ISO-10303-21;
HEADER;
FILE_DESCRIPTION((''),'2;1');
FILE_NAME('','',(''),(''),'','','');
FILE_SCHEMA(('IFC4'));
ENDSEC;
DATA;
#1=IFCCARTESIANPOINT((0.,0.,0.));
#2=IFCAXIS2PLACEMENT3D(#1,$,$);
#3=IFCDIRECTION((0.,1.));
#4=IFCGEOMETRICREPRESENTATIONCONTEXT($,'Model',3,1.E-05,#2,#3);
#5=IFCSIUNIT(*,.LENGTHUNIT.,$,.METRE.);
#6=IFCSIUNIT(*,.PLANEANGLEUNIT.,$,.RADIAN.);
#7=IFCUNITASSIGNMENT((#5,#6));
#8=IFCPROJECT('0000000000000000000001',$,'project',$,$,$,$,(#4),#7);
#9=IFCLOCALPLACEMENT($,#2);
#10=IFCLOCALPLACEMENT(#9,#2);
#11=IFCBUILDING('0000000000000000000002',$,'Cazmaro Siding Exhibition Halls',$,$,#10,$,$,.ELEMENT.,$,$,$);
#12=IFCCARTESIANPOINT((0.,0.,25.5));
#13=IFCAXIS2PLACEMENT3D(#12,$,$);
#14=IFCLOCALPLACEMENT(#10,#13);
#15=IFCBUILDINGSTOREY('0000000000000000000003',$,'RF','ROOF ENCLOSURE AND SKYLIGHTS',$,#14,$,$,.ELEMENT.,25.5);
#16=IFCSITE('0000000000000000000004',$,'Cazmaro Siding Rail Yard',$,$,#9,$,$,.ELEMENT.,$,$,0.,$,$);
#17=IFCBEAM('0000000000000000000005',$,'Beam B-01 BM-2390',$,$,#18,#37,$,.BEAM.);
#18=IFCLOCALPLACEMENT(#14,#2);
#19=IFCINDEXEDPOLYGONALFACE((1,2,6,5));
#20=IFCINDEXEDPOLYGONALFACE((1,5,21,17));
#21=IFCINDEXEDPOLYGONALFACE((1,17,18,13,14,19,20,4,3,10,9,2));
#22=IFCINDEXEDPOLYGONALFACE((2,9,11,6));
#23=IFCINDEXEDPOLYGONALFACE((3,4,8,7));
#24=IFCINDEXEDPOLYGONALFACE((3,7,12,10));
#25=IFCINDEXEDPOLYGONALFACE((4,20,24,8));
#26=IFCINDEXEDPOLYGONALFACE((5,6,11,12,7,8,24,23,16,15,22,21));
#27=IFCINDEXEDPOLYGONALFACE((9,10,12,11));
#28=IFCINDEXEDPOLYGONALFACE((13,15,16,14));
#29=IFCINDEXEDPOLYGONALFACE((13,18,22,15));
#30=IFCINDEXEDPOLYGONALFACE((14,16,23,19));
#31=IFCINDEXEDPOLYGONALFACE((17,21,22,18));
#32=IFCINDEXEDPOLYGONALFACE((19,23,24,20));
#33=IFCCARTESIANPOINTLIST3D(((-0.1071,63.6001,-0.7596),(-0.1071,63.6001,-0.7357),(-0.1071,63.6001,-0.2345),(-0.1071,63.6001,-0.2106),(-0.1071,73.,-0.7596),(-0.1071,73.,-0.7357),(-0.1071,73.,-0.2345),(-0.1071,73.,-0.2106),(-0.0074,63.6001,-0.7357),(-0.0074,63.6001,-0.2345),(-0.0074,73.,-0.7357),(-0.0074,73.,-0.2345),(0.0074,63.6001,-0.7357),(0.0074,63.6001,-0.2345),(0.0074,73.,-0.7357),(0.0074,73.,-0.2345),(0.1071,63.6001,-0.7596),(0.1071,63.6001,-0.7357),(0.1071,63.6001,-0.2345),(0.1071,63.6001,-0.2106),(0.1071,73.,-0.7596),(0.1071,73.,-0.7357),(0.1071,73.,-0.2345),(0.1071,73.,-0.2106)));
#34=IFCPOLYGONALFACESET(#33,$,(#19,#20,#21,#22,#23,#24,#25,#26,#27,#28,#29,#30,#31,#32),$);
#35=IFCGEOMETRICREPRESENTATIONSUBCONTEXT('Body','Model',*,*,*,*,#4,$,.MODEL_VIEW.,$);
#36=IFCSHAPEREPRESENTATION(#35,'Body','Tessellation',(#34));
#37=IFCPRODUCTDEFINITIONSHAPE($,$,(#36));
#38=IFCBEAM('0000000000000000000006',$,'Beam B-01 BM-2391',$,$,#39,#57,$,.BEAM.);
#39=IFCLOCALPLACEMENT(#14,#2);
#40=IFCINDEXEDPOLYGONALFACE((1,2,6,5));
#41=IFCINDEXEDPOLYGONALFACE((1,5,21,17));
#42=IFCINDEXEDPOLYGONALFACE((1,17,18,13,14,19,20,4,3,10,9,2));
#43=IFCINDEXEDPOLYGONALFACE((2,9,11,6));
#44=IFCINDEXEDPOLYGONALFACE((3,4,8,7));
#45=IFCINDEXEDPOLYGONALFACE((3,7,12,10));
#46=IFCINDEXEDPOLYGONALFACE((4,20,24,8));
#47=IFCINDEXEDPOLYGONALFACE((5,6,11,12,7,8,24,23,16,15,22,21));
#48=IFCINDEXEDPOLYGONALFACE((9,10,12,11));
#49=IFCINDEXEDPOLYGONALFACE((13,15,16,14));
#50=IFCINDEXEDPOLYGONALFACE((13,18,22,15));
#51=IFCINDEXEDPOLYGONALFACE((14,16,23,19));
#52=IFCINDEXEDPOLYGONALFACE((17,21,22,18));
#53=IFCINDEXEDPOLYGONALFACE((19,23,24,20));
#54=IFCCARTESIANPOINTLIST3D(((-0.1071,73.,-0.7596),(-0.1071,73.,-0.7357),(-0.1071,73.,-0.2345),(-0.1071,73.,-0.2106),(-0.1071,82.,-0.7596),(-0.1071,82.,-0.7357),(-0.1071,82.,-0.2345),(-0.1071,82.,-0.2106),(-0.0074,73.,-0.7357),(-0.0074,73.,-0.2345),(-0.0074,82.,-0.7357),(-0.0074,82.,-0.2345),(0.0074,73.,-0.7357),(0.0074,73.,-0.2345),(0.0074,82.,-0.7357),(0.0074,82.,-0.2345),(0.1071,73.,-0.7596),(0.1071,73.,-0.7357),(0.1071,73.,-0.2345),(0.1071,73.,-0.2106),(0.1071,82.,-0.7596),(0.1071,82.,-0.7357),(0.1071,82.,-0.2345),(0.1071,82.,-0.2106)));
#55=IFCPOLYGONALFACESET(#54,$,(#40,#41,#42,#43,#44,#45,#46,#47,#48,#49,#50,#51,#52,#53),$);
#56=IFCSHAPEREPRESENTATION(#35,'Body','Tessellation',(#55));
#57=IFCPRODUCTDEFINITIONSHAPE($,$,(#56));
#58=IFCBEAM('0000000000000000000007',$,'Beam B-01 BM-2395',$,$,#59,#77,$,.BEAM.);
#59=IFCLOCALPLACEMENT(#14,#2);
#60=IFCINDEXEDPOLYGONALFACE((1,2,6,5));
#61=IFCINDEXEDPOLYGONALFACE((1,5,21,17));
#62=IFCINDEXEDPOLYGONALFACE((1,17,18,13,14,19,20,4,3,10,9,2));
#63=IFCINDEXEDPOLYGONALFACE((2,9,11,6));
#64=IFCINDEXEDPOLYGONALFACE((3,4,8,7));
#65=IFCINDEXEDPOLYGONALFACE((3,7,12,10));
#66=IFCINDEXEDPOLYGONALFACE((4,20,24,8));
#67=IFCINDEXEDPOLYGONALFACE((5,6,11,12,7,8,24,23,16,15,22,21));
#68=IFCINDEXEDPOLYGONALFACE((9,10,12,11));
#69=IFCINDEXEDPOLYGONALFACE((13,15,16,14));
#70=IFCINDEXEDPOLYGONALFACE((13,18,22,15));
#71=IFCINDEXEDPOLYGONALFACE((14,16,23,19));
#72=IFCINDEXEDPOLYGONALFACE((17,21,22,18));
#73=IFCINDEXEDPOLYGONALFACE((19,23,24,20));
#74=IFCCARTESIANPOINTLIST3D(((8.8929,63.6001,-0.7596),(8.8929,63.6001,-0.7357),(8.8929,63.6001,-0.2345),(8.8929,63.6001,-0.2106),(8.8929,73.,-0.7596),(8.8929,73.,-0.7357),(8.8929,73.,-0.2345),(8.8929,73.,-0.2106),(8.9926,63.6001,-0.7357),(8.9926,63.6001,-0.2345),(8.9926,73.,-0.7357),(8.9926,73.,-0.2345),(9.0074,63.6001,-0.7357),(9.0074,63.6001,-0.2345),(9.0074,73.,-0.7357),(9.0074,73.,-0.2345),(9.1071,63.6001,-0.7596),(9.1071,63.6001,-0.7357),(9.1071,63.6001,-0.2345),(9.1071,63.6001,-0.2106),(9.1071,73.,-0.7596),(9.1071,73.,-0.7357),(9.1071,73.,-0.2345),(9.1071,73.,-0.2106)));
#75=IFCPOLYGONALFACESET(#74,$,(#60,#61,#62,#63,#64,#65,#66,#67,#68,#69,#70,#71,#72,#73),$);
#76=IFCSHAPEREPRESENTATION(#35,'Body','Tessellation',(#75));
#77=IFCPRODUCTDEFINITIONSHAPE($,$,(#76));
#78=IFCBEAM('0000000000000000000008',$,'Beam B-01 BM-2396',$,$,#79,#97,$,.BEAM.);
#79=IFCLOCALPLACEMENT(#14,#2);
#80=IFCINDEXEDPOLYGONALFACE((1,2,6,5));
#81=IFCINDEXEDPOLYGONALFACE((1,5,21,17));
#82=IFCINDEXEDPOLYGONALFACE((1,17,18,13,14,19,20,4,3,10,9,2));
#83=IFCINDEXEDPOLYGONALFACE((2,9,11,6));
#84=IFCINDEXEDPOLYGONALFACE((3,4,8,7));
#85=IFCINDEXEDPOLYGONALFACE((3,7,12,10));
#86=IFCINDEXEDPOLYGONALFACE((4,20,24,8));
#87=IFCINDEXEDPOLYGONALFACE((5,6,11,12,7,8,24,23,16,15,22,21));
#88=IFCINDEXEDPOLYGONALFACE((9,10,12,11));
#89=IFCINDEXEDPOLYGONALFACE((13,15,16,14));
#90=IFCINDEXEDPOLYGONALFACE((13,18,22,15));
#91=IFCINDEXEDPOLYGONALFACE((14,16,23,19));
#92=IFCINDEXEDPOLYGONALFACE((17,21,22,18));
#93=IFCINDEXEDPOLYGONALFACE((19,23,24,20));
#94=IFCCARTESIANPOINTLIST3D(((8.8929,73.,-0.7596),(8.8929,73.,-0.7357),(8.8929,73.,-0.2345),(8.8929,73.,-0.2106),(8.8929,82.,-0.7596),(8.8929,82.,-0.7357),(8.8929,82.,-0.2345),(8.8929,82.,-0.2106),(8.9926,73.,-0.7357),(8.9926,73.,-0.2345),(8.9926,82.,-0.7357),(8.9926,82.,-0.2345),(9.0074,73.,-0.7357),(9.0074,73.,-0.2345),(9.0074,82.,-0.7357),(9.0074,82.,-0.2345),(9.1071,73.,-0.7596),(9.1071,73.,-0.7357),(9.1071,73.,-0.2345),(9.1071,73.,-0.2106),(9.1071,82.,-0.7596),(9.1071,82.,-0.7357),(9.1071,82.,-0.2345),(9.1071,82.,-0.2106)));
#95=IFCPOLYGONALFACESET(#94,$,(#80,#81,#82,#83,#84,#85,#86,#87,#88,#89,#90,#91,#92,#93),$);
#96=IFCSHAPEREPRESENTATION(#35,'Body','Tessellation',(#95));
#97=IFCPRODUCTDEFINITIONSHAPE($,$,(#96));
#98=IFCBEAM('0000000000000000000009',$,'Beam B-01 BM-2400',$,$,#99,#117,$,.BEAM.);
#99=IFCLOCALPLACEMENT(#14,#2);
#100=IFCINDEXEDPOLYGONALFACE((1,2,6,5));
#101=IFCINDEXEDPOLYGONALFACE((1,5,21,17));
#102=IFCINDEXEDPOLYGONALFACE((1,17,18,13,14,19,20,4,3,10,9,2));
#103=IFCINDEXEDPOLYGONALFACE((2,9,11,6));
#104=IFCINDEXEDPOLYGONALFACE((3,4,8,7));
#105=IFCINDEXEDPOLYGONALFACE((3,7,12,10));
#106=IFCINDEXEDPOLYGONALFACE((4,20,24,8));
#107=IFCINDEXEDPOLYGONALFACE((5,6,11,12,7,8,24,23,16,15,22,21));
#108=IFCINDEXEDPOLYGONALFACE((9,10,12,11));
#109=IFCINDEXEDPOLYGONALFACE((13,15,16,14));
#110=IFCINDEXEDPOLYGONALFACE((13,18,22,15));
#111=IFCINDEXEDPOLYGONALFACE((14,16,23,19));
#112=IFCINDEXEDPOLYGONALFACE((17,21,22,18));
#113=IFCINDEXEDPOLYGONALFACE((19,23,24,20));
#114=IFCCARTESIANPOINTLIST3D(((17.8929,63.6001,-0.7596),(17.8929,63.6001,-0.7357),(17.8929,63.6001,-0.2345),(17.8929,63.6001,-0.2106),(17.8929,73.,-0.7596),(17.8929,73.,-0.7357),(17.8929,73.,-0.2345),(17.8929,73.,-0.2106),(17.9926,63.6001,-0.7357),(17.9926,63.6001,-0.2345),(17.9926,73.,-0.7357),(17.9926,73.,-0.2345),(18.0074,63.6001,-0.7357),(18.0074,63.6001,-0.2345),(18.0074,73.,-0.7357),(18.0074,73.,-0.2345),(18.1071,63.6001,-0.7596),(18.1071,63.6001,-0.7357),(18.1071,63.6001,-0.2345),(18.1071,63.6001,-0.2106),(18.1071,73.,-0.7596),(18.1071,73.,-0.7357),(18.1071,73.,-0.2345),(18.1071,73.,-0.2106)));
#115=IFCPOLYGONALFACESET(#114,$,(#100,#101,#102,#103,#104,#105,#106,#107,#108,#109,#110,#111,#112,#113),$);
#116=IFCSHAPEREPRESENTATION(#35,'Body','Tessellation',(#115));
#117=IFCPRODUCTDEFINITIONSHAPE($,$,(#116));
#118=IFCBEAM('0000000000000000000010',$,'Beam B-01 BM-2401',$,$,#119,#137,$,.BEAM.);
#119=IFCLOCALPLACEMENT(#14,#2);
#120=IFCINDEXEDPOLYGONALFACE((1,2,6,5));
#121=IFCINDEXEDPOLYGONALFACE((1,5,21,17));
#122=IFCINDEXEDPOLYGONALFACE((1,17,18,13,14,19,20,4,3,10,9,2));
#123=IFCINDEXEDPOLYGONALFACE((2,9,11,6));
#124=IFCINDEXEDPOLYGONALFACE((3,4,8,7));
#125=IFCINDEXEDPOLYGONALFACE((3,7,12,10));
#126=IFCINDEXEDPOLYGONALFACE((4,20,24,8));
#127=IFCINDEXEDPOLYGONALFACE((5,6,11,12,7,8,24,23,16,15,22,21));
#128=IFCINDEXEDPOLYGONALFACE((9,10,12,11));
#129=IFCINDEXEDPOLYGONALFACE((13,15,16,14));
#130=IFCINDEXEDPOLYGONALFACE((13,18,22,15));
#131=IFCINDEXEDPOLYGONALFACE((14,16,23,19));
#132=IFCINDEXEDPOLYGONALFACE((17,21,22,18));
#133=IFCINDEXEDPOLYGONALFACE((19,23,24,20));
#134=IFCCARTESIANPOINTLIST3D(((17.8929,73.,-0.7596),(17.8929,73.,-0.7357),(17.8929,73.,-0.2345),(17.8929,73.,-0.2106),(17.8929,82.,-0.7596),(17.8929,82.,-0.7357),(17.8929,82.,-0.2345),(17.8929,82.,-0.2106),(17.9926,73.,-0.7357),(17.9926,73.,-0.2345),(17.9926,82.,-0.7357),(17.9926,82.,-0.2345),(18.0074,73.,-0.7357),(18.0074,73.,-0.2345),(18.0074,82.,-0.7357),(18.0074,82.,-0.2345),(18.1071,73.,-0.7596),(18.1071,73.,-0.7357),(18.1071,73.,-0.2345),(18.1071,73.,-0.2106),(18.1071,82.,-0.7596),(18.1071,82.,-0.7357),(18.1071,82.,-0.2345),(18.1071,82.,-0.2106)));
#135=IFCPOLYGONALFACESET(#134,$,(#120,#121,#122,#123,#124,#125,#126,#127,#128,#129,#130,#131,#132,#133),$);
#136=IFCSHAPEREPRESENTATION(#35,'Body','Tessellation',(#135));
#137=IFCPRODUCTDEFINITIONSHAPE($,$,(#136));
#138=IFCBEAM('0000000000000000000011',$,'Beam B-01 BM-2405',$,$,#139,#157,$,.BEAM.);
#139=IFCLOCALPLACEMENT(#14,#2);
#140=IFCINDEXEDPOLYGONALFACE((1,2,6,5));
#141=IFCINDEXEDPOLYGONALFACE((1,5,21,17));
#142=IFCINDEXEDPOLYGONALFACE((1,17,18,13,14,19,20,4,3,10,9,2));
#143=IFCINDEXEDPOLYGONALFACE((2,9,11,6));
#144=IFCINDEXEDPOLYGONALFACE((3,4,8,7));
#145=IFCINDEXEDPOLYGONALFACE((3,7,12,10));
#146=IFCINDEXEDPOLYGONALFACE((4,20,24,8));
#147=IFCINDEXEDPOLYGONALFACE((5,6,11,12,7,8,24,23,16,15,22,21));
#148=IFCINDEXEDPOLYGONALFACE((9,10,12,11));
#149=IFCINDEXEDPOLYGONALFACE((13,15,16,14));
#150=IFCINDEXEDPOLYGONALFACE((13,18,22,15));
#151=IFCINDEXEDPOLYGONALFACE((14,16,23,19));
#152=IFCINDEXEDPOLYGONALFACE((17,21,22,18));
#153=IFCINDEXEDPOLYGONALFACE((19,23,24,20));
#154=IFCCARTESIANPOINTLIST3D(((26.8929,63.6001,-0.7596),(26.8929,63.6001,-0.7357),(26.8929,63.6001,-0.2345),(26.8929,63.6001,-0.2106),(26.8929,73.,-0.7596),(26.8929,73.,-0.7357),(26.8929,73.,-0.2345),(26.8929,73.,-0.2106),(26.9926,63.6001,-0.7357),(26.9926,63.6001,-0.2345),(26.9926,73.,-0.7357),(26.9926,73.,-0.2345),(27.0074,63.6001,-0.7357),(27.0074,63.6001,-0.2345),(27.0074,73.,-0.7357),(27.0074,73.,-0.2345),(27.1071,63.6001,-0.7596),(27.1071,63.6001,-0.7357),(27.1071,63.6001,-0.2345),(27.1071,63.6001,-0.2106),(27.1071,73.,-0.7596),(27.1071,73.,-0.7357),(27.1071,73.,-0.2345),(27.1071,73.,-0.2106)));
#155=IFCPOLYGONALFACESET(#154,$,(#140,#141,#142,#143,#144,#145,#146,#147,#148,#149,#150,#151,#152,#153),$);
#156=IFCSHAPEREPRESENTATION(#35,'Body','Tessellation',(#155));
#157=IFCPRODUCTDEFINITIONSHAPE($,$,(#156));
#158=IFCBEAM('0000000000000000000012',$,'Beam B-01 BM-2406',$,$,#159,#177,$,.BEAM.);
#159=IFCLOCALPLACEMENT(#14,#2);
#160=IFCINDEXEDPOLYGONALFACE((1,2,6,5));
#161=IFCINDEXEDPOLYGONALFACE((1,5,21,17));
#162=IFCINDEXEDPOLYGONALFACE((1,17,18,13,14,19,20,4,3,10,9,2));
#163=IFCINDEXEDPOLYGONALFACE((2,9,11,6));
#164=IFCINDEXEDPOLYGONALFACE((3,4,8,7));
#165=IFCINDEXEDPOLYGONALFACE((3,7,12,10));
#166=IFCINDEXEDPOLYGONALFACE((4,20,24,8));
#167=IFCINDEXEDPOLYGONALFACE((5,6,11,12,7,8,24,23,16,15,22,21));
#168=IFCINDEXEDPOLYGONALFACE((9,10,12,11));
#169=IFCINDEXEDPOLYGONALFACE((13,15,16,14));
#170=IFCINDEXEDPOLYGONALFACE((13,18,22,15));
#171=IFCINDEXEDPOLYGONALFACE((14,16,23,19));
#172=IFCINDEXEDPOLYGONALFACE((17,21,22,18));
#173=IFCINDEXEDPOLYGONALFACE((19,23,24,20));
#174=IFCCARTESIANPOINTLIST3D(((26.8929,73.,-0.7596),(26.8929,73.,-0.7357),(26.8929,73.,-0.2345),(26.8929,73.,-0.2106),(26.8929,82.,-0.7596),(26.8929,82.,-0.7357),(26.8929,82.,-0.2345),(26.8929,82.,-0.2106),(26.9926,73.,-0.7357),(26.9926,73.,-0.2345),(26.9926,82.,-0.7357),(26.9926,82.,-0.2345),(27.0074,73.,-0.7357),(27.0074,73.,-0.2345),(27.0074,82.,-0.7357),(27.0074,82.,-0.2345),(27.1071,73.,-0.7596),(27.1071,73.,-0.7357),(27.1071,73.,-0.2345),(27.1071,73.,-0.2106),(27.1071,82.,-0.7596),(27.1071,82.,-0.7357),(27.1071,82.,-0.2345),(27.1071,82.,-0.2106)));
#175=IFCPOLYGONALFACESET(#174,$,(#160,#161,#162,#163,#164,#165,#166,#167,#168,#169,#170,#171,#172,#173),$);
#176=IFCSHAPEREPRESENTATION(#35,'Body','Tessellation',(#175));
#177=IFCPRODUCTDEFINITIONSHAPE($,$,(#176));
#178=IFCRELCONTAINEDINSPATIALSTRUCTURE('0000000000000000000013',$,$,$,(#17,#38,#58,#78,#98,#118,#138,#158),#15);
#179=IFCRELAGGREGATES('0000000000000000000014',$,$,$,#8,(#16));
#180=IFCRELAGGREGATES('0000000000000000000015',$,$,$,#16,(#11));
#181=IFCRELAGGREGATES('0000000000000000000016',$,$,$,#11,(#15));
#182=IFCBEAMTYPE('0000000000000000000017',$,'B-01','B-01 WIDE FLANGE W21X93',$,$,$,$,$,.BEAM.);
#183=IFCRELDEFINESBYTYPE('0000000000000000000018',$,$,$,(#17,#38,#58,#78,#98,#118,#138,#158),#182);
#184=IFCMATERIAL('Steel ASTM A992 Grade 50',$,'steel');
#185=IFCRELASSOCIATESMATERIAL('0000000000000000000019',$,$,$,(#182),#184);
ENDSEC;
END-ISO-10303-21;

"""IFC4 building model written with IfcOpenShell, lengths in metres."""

from ifc_helpers import new_model, si_unit, direction, frame, origin, origin_2d, place, context, subcontext, project, spatial, i_section, extrude, material, material_profile, profile_set, type_object, element, save


model = new_model("IFC4")

# Units and contexts
model_context = context("Model", 3, precision=1e-05, world=origin(), true_north=direction((0.0, 1.0)))
body_context = subcontext(model_context, "Body", "Model", "MODEL_VIEW")
ifc_project = project(units=[si_unit("LENGTHUNIT", "METRE"), si_unit("PLANEANGLEUNIT", "RADIAN")], contexts=[model_context])

# Site, building, storey
site_placement = place(None, origin())
site = spatial("IfcSite", under=ifc_project, at=site_placement, Name="Cazmaro Siding Rail Yard", CompositionType="ELEMENT", RefElevation=0.0)
building_placement = place(site_placement, origin())
building = spatial("IfcBuilding", under=site, at=building_placement, Name="Cazmaro Siding Exhibition Halls", CompositionType="ELEMENT")
storey_placement = place(building_placement, frame((0.0, 0.0, 25.5)))
storey = spatial("IfcBuildingStorey", under=building, at=storey_placement, Name="RF", Description="ROOF ENCLOSURE AND SKYLIGHTS", CompositionType="ELEMENT", Elevation=25.5)

# Beams
ifc_material_1 = material(Name="Steel ASTM A992 Grade 50", Category="steel")
ifc_material_profile_1 = material_profile(ifc_material_1, i_section(OverallWidth=0.2141, OverallDepth=0.5491, WebThickness=0.0149, FlangeThickness=0.0239, at=origin_2d()), Name="W21X93")
ifc_profile_set_1 = profile_set([ifc_material_profile_1], Name="Steel ASTM A992 Grade 50")
beam_type_1 = type_object("IfcBeamType", Name="B-01", Description="B-01 WIDE FLANGE W21X93", PredefinedType="BEAM", material=ifc_profile_set_1)
beam_1_placement = place(storey_placement, frame((0.0, 63.6001, -0.4851), z_axis=(0.0, 1.0, 0.0), x_axis=(-1.0, 0.0, 0.0)))
element("IfcBeam", 1, at=beam_1_placement, inside=storey, type_object=beam_type_1, Name="Beam B-01 BM-2390", PredefinedType="BEAM", context=body_context, shape_type="SweptSolid", body=[
    extrude(i_section(OverallWidth=0.2141, OverallDepth=0.5491, WebThickness=0.0149, FlangeThickness=0.0239, at=origin_2d()), origin(), (0.0, 0.0, 1.0), 9.3999),
])
beam_2_placement = place(storey_placement, frame((0.0, 73.0, -0.4851), z_axis=(0.0, 1.0, 0.0), x_axis=(-1.0, 0.0, 0.0)))
element("IfcBeam", 2, at=beam_2_placement, inside=storey, type_object=beam_type_1, Name="Beam B-01 BM-2391", PredefinedType="BEAM", context=body_context, shape_type="SweptSolid", body=[
    extrude(i_section(OverallWidth=0.2141, OverallDepth=0.5491, WebThickness=0.0149, FlangeThickness=0.0239, at=origin_2d()), origin(), (0.0, 0.0, 1.0), 9.0),
])
beam_3_placement = place(storey_placement, frame((9.0, 63.6001, -0.4851), z_axis=(0.0, 1.0, 0.0), x_axis=(-1.0, 0.0, 0.0)))
element("IfcBeam", 3, at=beam_3_placement, inside=storey, type_object=beam_type_1, Name="Beam B-01 BM-2395", PredefinedType="BEAM", context=body_context, shape_type="SweptSolid", body=[
    extrude(i_section(OverallWidth=0.2141, OverallDepth=0.5491, WebThickness=0.0149, FlangeThickness=0.0239, at=origin_2d()), origin(), (0.0, 0.0, 1.0), 9.3999),
])
beam_4_placement = place(storey_placement, frame((9.0, 73.0, -0.4851), z_axis=(0.0, 1.0, 0.0), x_axis=(-1.0, 0.0, 0.0)))
element("IfcBeam", 4, at=beam_4_placement, inside=storey, type_object=beam_type_1, Name="Beam B-01 BM-2396", PredefinedType="BEAM", context=body_context, shape_type="SweptSolid", body=[
    extrude(i_section(OverallWidth=0.2141, OverallDepth=0.5491, WebThickness=0.0149, FlangeThickness=0.0239, at=origin_2d()), origin(), (0.0, 0.0, 1.0), 9.0),
])
beam_5_placement = place(storey_placement, frame((18.0, 63.6001, -0.4851), z_axis=(0.0, 1.0, 0.0), x_axis=(-1.0, 0.0, 0.0)))
element("IfcBeam", 5, at=beam_5_placement, inside=storey, type_object=beam_type_1, Name="Beam B-01 BM-2400", PredefinedType="BEAM", context=body_context, shape_type="SweptSolid", body=[
    extrude(i_section(OverallWidth=0.2141, OverallDepth=0.5491, WebThickness=0.0149, FlangeThickness=0.0239, at=origin_2d()), origin(), (0.0, 0.0, 1.0), 9.3999),
])
beam_6_placement = place(storey_placement, frame((18.0, 73.0, -0.4851), z_axis=(0.0, 1.0, 0.0), x_axis=(-1.0, 0.0, 0.0)))
element("IfcBeam", 6, at=beam_6_placement, inside=storey, type_object=beam_type_1, Name="Beam B-01 BM-2401", PredefinedType="BEAM", context=body_context, shape_type="SweptSolid", body=[
    extrude(i_section(OverallWidth=0.2141, OverallDepth=0.5491, WebThickness=0.0149, FlangeThickness=0.0239, at=origin_2d()), origin(), (0.0, 0.0, 1.0), 9.0),
])
beam_7_placement = place(storey_placement, frame((27.0, 63.6001, -0.4851), z_axis=(0.0, 1.0, 0.0), x_axis=(-1.0, 0.0, 0.0)))
element("IfcBeam", 7, at=beam_7_placement, inside=storey, type_object=beam_type_1, Name="Beam B-01 BM-2405", PredefinedType="BEAM", context=body_context, shape_type="SweptSolid", body=[
    extrude(i_section(OverallWidth=0.2141, OverallDepth=0.5491, WebThickness=0.0149, FlangeThickness=0.0239, at=origin_2d()), origin(), (0.0, 0.0, 1.0), 9.3999),
])
beam_8_placement = place(storey_placement, frame((27.0, 73.0, -0.4851), z_axis=(0.0, 1.0, 0.0), x_axis=(-1.0, 0.0, 0.0)))
element("IfcBeam", 8, at=beam_8_placement, inside=storey, type_object=beam_type_1, Name="Beam B-01 BM-2406", PredefinedType="BEAM", context=body_context, shape_type="SweptSolid", body=[
    extrude(i_section(OverallWidth=0.2141, OverallDepth=0.5491, WebThickness=0.0149, FlangeThickness=0.0239, at=origin_2d()), origin(), (0.0, 0.0, 1.0), 9.0),
])

save(model, "model.ifc")
